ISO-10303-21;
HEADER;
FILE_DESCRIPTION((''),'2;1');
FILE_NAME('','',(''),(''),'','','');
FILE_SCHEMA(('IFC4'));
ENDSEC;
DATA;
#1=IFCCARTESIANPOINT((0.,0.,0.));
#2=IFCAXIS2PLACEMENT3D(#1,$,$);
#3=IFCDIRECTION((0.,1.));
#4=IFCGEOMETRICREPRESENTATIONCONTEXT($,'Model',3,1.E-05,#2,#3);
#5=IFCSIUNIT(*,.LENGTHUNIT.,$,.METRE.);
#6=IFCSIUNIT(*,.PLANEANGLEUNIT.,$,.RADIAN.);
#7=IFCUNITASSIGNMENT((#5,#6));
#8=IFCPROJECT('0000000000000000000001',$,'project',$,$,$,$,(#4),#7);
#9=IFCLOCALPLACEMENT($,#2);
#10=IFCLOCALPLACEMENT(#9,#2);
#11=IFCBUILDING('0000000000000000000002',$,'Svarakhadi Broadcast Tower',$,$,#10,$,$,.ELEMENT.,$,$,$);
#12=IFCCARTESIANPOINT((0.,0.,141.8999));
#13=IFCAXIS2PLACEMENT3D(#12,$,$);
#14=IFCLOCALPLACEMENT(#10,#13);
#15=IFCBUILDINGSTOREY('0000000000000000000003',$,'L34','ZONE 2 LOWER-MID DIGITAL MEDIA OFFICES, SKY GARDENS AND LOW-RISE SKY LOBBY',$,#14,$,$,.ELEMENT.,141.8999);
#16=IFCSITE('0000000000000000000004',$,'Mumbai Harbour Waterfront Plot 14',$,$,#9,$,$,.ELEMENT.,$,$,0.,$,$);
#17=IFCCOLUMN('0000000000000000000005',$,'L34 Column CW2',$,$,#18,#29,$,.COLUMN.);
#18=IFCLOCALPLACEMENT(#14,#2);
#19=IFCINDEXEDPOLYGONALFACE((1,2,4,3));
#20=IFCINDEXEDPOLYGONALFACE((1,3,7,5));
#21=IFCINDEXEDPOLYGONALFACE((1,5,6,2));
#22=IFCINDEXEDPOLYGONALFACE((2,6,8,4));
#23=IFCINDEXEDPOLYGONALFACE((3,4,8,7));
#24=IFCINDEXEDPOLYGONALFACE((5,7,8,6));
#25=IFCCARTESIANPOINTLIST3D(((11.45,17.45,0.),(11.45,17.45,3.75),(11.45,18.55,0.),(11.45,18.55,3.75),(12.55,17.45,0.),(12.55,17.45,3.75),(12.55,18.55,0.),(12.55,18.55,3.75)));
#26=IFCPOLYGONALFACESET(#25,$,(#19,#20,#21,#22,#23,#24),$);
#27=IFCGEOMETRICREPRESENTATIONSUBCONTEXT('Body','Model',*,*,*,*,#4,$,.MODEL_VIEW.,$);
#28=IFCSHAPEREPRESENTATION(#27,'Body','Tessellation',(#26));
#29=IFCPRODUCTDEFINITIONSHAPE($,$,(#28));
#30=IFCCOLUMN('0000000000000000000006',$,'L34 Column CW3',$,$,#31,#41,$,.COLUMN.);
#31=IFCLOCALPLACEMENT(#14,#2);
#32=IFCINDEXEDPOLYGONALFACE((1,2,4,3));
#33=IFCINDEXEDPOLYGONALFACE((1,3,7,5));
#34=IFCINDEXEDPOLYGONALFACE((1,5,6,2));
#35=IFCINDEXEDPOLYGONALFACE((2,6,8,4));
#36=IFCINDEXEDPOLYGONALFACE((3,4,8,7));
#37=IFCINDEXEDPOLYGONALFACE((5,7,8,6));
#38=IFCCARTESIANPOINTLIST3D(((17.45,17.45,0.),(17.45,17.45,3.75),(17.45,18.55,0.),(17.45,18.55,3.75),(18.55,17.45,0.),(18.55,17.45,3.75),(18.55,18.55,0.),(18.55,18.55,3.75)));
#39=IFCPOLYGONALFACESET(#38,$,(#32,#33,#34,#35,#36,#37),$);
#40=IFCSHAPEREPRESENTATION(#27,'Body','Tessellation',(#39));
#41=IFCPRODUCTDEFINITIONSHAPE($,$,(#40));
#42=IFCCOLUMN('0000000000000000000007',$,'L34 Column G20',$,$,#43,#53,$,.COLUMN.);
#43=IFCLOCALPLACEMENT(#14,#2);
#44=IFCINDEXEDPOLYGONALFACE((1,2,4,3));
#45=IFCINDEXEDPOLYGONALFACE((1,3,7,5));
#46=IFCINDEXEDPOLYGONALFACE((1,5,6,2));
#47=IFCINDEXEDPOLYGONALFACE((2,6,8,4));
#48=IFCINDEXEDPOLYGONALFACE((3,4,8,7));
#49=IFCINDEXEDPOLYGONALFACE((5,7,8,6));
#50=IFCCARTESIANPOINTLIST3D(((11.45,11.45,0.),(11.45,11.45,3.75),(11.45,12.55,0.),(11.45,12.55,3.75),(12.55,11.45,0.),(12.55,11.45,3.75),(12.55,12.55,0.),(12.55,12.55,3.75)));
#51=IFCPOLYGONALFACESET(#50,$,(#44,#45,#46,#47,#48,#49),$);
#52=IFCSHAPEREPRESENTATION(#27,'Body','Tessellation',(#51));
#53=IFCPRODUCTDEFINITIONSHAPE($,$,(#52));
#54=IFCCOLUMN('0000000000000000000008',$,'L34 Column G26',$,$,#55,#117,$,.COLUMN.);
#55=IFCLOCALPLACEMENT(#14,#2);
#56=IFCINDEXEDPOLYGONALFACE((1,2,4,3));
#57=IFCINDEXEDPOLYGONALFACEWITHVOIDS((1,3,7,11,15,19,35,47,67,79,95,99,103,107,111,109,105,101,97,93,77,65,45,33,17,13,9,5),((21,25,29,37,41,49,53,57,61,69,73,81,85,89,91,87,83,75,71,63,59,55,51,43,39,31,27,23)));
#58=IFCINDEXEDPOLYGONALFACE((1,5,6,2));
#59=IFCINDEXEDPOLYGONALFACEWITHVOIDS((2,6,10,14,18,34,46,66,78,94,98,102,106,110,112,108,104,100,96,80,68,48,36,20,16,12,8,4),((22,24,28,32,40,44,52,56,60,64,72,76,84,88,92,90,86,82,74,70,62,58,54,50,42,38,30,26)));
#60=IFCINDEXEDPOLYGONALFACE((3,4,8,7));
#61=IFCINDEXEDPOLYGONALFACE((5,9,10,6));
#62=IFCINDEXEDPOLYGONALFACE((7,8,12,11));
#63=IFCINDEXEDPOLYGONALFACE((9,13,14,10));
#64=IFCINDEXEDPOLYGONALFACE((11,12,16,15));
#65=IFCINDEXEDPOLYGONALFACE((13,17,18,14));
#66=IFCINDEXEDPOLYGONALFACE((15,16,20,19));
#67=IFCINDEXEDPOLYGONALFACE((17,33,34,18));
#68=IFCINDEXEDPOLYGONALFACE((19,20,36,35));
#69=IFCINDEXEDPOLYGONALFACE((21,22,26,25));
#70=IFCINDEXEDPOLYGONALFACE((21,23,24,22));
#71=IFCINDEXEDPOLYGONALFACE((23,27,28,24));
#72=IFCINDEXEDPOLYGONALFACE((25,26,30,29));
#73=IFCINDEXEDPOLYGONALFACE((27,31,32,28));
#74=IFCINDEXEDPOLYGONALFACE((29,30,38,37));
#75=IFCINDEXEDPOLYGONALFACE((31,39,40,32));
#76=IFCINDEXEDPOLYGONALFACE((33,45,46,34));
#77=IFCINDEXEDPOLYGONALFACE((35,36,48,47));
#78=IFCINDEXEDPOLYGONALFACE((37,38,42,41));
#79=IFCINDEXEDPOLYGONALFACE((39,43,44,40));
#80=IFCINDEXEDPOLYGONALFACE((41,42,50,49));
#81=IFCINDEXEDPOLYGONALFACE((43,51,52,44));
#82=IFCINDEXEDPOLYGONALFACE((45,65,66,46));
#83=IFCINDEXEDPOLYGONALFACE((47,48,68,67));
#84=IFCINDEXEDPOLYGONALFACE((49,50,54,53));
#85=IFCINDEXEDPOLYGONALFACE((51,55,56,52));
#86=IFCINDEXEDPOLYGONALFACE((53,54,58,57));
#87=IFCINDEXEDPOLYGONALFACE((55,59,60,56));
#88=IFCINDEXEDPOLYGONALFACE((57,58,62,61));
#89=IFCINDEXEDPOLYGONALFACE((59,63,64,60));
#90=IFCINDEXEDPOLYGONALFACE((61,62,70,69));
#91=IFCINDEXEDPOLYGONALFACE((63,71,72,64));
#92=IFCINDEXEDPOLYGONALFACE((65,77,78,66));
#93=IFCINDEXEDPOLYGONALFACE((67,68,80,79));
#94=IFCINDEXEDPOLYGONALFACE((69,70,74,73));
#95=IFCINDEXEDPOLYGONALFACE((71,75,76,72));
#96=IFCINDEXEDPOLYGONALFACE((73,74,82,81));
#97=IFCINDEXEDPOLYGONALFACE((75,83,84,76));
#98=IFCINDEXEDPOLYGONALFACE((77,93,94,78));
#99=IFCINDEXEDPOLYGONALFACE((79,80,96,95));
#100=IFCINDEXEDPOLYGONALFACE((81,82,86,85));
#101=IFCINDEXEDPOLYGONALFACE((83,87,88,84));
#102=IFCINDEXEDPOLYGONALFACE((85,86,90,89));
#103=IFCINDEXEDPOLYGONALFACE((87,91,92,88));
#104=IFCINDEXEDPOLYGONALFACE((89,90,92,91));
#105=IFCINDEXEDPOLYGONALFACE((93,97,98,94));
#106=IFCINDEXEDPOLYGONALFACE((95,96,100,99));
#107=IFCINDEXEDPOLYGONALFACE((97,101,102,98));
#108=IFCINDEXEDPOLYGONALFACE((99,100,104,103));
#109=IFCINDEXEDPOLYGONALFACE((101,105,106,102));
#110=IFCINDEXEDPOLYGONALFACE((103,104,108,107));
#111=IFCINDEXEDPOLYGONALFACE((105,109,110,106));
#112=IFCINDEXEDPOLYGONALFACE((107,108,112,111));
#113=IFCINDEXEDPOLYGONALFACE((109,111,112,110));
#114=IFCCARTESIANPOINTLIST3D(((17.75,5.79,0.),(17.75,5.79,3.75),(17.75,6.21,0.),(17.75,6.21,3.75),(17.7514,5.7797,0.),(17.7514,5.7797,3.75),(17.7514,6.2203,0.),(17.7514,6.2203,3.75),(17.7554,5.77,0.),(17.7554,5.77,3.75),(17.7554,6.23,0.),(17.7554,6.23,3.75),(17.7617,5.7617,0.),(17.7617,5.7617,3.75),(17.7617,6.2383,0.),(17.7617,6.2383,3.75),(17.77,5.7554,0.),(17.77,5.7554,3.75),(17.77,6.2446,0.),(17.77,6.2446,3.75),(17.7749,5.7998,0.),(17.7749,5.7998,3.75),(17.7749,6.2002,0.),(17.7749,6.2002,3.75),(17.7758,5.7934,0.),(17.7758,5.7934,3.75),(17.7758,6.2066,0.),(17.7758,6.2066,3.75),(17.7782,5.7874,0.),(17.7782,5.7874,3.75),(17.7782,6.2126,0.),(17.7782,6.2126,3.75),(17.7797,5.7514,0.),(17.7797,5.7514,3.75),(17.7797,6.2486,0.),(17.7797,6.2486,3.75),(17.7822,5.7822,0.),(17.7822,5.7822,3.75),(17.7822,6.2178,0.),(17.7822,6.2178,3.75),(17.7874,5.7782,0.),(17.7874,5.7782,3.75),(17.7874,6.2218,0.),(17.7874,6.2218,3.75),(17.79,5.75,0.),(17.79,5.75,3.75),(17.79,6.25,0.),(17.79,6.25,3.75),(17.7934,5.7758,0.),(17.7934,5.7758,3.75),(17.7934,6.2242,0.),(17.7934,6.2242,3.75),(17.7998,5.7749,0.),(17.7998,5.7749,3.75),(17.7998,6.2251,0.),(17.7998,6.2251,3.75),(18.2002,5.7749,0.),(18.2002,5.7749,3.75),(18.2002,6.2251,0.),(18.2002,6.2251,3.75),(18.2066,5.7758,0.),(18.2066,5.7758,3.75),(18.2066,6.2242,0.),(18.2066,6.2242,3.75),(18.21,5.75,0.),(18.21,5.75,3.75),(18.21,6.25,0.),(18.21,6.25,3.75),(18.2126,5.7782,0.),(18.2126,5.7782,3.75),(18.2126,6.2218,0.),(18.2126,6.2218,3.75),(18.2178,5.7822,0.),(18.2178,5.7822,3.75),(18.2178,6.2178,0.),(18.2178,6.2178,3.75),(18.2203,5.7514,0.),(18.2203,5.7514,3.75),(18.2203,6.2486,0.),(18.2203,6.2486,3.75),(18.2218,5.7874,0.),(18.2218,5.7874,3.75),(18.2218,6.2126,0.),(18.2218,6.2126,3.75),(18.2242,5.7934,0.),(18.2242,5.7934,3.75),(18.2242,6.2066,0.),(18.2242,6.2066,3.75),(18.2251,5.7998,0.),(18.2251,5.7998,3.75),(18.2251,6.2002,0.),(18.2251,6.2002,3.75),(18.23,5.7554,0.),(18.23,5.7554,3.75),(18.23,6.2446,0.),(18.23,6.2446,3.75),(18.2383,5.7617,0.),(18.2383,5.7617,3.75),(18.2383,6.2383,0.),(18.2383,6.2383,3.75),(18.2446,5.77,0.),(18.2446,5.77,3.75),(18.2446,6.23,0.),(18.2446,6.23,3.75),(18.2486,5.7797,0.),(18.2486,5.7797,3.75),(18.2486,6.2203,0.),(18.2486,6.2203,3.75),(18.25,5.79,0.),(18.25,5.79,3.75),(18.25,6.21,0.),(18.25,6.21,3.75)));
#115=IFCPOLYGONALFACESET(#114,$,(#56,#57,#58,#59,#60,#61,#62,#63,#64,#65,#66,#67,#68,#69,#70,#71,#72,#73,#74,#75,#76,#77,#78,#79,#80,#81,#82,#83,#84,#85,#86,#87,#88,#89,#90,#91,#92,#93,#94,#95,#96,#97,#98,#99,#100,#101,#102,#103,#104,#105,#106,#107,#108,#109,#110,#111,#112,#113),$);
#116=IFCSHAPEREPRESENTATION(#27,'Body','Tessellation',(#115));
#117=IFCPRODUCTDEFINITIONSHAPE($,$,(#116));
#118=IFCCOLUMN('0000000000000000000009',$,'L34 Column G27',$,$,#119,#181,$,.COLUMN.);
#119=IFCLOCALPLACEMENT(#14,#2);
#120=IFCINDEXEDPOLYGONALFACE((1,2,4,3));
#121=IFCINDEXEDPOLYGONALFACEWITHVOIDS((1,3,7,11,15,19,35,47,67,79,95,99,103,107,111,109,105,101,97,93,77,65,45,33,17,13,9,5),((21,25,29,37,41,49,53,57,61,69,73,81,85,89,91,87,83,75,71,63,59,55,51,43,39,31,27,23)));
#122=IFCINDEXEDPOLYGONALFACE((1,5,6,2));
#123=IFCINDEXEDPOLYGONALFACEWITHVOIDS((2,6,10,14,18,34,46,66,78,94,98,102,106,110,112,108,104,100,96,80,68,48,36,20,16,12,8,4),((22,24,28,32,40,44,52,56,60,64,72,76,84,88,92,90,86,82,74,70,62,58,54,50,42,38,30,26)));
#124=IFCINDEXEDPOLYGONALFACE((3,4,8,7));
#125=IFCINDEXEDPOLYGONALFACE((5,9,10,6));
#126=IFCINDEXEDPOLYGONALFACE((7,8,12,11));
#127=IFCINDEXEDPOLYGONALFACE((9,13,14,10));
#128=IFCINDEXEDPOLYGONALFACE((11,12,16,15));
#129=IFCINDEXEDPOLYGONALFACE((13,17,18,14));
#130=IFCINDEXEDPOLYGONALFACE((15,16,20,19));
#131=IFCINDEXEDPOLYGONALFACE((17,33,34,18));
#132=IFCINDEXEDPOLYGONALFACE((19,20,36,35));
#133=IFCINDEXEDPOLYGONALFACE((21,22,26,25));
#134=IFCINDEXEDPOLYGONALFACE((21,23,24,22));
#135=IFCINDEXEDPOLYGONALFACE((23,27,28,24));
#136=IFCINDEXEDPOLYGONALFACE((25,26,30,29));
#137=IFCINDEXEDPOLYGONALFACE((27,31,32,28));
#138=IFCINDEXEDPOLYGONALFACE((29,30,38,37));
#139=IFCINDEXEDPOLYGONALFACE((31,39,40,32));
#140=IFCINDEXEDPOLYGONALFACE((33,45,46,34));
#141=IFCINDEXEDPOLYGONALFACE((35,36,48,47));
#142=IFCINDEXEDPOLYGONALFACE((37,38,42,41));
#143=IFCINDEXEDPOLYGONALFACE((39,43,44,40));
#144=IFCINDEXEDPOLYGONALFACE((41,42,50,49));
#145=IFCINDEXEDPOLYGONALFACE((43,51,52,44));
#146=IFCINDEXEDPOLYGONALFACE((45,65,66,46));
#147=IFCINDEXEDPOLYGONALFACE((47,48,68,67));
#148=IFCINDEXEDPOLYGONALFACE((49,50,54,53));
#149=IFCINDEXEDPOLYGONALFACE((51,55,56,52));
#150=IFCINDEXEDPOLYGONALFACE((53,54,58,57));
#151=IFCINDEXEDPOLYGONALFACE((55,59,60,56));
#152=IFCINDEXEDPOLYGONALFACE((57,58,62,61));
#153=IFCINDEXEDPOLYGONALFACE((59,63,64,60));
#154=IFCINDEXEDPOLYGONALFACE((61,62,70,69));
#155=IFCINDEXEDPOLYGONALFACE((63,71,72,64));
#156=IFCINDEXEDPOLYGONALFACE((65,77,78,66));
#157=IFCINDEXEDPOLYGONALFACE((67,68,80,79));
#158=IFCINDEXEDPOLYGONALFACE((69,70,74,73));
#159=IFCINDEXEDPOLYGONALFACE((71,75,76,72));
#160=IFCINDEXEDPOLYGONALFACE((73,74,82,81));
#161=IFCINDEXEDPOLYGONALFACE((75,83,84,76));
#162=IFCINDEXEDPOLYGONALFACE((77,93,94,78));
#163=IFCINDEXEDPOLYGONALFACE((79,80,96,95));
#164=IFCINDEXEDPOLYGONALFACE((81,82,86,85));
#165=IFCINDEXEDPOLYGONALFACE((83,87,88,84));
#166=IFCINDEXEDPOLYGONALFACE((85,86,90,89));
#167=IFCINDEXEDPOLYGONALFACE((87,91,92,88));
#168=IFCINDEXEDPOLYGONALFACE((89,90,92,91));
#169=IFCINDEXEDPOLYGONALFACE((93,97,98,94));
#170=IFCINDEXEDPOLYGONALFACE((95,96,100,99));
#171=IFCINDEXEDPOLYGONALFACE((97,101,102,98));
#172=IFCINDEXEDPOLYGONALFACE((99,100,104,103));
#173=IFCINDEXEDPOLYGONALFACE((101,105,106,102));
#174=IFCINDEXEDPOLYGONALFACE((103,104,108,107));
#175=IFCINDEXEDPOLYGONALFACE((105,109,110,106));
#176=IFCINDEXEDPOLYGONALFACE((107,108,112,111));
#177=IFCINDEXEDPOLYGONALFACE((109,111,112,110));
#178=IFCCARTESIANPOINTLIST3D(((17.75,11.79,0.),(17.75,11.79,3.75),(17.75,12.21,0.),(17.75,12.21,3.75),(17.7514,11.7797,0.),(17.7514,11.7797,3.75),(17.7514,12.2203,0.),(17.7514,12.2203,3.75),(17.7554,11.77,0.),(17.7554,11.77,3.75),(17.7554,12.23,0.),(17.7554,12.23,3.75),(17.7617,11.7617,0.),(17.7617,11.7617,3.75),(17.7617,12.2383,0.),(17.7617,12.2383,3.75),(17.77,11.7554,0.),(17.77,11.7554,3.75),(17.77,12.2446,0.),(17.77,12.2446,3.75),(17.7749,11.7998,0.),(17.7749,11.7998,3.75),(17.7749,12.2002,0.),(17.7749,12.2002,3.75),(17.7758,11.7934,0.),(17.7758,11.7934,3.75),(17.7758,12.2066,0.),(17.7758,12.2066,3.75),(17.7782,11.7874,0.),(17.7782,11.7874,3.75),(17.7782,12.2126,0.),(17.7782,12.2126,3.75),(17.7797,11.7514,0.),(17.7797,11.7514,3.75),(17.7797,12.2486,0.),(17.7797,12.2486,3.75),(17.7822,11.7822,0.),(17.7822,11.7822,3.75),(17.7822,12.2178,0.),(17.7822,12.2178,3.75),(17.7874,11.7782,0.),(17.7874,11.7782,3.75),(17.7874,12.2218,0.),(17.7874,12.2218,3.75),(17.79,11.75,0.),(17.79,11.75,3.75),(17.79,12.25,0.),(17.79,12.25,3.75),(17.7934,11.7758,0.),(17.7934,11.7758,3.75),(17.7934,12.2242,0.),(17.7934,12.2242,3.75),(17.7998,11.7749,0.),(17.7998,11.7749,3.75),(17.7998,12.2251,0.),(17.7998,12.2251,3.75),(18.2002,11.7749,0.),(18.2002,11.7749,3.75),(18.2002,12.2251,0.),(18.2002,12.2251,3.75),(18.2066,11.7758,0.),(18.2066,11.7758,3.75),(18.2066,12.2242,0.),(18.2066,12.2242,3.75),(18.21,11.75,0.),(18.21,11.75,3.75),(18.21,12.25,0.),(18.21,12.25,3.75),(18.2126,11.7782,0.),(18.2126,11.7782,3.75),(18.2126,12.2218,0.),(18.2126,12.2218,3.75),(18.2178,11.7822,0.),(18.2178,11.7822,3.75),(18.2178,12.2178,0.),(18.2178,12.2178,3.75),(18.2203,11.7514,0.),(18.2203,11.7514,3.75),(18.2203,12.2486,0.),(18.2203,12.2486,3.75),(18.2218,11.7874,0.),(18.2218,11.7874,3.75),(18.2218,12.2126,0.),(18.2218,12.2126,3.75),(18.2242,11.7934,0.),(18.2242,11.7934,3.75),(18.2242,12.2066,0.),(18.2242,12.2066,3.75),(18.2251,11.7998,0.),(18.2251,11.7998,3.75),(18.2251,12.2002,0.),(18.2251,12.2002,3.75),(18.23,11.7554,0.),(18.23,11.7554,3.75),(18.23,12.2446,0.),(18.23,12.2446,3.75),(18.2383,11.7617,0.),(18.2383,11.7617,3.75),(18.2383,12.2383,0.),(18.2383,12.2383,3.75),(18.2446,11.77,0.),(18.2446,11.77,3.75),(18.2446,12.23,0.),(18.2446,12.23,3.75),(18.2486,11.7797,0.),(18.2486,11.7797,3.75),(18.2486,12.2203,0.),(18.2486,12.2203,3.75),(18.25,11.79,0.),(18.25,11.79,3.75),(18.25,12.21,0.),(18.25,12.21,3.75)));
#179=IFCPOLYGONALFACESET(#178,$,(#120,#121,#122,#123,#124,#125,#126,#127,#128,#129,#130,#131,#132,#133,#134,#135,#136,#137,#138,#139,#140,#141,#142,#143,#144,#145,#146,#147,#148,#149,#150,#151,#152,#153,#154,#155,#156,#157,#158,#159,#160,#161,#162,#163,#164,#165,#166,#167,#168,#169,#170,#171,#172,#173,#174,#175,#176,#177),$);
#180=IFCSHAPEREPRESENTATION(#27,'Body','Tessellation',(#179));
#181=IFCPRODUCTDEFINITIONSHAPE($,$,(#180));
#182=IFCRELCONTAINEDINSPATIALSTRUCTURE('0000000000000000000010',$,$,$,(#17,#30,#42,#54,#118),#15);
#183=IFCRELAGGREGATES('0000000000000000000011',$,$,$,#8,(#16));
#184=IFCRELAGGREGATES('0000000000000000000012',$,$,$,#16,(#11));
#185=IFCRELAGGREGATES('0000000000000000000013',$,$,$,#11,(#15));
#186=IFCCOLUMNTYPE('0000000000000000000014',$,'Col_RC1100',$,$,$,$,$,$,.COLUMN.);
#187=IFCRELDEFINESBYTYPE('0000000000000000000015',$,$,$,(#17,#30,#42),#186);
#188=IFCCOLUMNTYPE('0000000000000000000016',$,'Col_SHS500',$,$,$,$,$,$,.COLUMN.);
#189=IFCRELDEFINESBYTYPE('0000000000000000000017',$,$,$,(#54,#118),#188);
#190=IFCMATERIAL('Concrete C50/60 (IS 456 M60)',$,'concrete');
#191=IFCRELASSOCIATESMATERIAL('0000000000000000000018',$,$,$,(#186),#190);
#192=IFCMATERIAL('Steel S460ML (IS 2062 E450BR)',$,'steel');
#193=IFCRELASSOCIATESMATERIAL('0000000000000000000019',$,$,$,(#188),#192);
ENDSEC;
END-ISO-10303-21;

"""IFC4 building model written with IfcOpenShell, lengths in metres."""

from ifc_helpers import new_model, si_unit, direction, frame, origin, origin_2d, place, context, subcontext, project, spatial, rectangle, hollow_rectangle, extrude, material, material_profile, profile_set, type_object, element, save


model = new_model("IFC4")

# Units and contexts
model_context = context("Model", 3, precision=1e-05, world=origin(), true_north=direction((0.0, 1.0)))
body_context = subcontext(model_context, "Body", "Model", "MODEL_VIEW")
ifc_project = project(units=[si_unit("LENGTHUNIT", "METRE"), si_unit("PLANEANGLEUNIT", "RADIAN")], contexts=[model_context])

# Site, building, storey
site_placement = place(None, origin())
site = spatial("IfcSite", under=ifc_project, at=site_placement, Name="Mumbai Harbour Waterfront Plot 14", CompositionType="ELEMENT", RefElevation=0.0)
building_placement = place(site_placement, origin())
building = spatial("IfcBuilding", under=site, at=building_placement, Name="Svarakhadi Broadcast Tower", CompositionType="ELEMENT")
storey_placement = place(building_placement, frame((0.0, 0.0, 141.8999)))
storey = spatial("IfcBuildingStorey", under=building, at=storey_placement, Name="L34", Description="ZONE 2 LOWER-MID DIGITAL MEDIA OFFICES, SKY GARDENS AND LOW-RISE SKY LOBBY", CompositionType="ELEMENT", Elevation=141.8999)

# Columns
ifc_material_1 = material(Name="Concrete C50/60 (IS 456 M60)", Category="concrete")
ifc_material_profile_1 = material_profile(ifc_material_1, rectangle(XDim=1.1001, YDim=1.1001, at=origin_2d()), Name="RC 1100x1100")
ifc_profile_set_1 = profile_set([ifc_material_profile_1], Name="Concrete C50/60 (IS 456 M60)")
column_type_1 = type_object("IfcColumnType", Name="Col_RC1100", PredefinedType="COLUMN", material=ifc_profile_set_1)
for number, where, z_axis, x_axis, name in (
    (1, (12.0, 18.0, 0.0), (0.0, 0.0, 1.0), (1.0, 0.0, 0.0), "L34 Column CW2"),
    (2, (18.0, 18.0, 0.0), (0.0, 0.0, 1.0), (1.0, 0.0, 0.0), "L34 Column CW3"),
    (3, (12.0, 12.0, 0.0), (0.0, 0.0, 1.0), (1.0, 0.0, 0.0), "L34 Column G20"),
):
    element("IfcColumn", number, at=place(storey_placement, frame(where, z_axis=z_axis, x_axis=x_axis)), inside=storey, type_object=column_type_1, Name=name, PredefinedType="COLUMN", context=body_context, shape_type="SweptSolid", body=[
        extrude(rectangle(XDim=1.1001, YDim=1.1001, at=origin_2d()), origin(), (0.0, 0.0, 1.0), 3.75),
    ])
ifc_material_2 = material(Name="Steel S460ML (IS 2062 E450BR)", Category="steel")
ifc_material_profile_2 = material_profile(ifc_material_2, hollow_rectangle(XDim=0.5, YDim=0.5, WallThickness=0.0249, InnerFilletRadius=0.0249, OuterFilletRadius=0.04, at=origin_2d()), Name="SHS 500x500x25")
ifc_profile_set_2 = profile_set([ifc_material_profile_2], Name="Steel S460ML (IS 2062 E450BR)")
column_type_2 = type_object("IfcColumnType", Name="Col_SHS500", PredefinedType="COLUMN", material=ifc_profile_set_2)
for number, where, z_axis, x_axis, name in (
    (4, (18.0, 6.0, 0.0), (0.0, 0.0, 1.0), (1.0, 0.0, 0.0), "L34 Column G26"),
    (5, (18.0, 12.0, 0.0), (0.0, 0.0, 1.0), (1.0, 0.0, 0.0), "L34 Column G27"),
):
    element("IfcColumn", number, at=place(storey_placement, frame(where, z_axis=z_axis, x_axis=x_axis)), inside=storey, type_object=column_type_2, Name=name, PredefinedType="COLUMN", context=body_context, shape_type="SweptSolid", body=[
        extrude(hollow_rectangle(XDim=0.5, YDim=0.5, WallThickness=0.0249, InnerFilletRadius=0.0249, OuterFilletRadius=0.04, at=origin_2d()), origin(), (0.0, 0.0, 1.0), 3.75),
    ])

save(model, "model.ifc")
